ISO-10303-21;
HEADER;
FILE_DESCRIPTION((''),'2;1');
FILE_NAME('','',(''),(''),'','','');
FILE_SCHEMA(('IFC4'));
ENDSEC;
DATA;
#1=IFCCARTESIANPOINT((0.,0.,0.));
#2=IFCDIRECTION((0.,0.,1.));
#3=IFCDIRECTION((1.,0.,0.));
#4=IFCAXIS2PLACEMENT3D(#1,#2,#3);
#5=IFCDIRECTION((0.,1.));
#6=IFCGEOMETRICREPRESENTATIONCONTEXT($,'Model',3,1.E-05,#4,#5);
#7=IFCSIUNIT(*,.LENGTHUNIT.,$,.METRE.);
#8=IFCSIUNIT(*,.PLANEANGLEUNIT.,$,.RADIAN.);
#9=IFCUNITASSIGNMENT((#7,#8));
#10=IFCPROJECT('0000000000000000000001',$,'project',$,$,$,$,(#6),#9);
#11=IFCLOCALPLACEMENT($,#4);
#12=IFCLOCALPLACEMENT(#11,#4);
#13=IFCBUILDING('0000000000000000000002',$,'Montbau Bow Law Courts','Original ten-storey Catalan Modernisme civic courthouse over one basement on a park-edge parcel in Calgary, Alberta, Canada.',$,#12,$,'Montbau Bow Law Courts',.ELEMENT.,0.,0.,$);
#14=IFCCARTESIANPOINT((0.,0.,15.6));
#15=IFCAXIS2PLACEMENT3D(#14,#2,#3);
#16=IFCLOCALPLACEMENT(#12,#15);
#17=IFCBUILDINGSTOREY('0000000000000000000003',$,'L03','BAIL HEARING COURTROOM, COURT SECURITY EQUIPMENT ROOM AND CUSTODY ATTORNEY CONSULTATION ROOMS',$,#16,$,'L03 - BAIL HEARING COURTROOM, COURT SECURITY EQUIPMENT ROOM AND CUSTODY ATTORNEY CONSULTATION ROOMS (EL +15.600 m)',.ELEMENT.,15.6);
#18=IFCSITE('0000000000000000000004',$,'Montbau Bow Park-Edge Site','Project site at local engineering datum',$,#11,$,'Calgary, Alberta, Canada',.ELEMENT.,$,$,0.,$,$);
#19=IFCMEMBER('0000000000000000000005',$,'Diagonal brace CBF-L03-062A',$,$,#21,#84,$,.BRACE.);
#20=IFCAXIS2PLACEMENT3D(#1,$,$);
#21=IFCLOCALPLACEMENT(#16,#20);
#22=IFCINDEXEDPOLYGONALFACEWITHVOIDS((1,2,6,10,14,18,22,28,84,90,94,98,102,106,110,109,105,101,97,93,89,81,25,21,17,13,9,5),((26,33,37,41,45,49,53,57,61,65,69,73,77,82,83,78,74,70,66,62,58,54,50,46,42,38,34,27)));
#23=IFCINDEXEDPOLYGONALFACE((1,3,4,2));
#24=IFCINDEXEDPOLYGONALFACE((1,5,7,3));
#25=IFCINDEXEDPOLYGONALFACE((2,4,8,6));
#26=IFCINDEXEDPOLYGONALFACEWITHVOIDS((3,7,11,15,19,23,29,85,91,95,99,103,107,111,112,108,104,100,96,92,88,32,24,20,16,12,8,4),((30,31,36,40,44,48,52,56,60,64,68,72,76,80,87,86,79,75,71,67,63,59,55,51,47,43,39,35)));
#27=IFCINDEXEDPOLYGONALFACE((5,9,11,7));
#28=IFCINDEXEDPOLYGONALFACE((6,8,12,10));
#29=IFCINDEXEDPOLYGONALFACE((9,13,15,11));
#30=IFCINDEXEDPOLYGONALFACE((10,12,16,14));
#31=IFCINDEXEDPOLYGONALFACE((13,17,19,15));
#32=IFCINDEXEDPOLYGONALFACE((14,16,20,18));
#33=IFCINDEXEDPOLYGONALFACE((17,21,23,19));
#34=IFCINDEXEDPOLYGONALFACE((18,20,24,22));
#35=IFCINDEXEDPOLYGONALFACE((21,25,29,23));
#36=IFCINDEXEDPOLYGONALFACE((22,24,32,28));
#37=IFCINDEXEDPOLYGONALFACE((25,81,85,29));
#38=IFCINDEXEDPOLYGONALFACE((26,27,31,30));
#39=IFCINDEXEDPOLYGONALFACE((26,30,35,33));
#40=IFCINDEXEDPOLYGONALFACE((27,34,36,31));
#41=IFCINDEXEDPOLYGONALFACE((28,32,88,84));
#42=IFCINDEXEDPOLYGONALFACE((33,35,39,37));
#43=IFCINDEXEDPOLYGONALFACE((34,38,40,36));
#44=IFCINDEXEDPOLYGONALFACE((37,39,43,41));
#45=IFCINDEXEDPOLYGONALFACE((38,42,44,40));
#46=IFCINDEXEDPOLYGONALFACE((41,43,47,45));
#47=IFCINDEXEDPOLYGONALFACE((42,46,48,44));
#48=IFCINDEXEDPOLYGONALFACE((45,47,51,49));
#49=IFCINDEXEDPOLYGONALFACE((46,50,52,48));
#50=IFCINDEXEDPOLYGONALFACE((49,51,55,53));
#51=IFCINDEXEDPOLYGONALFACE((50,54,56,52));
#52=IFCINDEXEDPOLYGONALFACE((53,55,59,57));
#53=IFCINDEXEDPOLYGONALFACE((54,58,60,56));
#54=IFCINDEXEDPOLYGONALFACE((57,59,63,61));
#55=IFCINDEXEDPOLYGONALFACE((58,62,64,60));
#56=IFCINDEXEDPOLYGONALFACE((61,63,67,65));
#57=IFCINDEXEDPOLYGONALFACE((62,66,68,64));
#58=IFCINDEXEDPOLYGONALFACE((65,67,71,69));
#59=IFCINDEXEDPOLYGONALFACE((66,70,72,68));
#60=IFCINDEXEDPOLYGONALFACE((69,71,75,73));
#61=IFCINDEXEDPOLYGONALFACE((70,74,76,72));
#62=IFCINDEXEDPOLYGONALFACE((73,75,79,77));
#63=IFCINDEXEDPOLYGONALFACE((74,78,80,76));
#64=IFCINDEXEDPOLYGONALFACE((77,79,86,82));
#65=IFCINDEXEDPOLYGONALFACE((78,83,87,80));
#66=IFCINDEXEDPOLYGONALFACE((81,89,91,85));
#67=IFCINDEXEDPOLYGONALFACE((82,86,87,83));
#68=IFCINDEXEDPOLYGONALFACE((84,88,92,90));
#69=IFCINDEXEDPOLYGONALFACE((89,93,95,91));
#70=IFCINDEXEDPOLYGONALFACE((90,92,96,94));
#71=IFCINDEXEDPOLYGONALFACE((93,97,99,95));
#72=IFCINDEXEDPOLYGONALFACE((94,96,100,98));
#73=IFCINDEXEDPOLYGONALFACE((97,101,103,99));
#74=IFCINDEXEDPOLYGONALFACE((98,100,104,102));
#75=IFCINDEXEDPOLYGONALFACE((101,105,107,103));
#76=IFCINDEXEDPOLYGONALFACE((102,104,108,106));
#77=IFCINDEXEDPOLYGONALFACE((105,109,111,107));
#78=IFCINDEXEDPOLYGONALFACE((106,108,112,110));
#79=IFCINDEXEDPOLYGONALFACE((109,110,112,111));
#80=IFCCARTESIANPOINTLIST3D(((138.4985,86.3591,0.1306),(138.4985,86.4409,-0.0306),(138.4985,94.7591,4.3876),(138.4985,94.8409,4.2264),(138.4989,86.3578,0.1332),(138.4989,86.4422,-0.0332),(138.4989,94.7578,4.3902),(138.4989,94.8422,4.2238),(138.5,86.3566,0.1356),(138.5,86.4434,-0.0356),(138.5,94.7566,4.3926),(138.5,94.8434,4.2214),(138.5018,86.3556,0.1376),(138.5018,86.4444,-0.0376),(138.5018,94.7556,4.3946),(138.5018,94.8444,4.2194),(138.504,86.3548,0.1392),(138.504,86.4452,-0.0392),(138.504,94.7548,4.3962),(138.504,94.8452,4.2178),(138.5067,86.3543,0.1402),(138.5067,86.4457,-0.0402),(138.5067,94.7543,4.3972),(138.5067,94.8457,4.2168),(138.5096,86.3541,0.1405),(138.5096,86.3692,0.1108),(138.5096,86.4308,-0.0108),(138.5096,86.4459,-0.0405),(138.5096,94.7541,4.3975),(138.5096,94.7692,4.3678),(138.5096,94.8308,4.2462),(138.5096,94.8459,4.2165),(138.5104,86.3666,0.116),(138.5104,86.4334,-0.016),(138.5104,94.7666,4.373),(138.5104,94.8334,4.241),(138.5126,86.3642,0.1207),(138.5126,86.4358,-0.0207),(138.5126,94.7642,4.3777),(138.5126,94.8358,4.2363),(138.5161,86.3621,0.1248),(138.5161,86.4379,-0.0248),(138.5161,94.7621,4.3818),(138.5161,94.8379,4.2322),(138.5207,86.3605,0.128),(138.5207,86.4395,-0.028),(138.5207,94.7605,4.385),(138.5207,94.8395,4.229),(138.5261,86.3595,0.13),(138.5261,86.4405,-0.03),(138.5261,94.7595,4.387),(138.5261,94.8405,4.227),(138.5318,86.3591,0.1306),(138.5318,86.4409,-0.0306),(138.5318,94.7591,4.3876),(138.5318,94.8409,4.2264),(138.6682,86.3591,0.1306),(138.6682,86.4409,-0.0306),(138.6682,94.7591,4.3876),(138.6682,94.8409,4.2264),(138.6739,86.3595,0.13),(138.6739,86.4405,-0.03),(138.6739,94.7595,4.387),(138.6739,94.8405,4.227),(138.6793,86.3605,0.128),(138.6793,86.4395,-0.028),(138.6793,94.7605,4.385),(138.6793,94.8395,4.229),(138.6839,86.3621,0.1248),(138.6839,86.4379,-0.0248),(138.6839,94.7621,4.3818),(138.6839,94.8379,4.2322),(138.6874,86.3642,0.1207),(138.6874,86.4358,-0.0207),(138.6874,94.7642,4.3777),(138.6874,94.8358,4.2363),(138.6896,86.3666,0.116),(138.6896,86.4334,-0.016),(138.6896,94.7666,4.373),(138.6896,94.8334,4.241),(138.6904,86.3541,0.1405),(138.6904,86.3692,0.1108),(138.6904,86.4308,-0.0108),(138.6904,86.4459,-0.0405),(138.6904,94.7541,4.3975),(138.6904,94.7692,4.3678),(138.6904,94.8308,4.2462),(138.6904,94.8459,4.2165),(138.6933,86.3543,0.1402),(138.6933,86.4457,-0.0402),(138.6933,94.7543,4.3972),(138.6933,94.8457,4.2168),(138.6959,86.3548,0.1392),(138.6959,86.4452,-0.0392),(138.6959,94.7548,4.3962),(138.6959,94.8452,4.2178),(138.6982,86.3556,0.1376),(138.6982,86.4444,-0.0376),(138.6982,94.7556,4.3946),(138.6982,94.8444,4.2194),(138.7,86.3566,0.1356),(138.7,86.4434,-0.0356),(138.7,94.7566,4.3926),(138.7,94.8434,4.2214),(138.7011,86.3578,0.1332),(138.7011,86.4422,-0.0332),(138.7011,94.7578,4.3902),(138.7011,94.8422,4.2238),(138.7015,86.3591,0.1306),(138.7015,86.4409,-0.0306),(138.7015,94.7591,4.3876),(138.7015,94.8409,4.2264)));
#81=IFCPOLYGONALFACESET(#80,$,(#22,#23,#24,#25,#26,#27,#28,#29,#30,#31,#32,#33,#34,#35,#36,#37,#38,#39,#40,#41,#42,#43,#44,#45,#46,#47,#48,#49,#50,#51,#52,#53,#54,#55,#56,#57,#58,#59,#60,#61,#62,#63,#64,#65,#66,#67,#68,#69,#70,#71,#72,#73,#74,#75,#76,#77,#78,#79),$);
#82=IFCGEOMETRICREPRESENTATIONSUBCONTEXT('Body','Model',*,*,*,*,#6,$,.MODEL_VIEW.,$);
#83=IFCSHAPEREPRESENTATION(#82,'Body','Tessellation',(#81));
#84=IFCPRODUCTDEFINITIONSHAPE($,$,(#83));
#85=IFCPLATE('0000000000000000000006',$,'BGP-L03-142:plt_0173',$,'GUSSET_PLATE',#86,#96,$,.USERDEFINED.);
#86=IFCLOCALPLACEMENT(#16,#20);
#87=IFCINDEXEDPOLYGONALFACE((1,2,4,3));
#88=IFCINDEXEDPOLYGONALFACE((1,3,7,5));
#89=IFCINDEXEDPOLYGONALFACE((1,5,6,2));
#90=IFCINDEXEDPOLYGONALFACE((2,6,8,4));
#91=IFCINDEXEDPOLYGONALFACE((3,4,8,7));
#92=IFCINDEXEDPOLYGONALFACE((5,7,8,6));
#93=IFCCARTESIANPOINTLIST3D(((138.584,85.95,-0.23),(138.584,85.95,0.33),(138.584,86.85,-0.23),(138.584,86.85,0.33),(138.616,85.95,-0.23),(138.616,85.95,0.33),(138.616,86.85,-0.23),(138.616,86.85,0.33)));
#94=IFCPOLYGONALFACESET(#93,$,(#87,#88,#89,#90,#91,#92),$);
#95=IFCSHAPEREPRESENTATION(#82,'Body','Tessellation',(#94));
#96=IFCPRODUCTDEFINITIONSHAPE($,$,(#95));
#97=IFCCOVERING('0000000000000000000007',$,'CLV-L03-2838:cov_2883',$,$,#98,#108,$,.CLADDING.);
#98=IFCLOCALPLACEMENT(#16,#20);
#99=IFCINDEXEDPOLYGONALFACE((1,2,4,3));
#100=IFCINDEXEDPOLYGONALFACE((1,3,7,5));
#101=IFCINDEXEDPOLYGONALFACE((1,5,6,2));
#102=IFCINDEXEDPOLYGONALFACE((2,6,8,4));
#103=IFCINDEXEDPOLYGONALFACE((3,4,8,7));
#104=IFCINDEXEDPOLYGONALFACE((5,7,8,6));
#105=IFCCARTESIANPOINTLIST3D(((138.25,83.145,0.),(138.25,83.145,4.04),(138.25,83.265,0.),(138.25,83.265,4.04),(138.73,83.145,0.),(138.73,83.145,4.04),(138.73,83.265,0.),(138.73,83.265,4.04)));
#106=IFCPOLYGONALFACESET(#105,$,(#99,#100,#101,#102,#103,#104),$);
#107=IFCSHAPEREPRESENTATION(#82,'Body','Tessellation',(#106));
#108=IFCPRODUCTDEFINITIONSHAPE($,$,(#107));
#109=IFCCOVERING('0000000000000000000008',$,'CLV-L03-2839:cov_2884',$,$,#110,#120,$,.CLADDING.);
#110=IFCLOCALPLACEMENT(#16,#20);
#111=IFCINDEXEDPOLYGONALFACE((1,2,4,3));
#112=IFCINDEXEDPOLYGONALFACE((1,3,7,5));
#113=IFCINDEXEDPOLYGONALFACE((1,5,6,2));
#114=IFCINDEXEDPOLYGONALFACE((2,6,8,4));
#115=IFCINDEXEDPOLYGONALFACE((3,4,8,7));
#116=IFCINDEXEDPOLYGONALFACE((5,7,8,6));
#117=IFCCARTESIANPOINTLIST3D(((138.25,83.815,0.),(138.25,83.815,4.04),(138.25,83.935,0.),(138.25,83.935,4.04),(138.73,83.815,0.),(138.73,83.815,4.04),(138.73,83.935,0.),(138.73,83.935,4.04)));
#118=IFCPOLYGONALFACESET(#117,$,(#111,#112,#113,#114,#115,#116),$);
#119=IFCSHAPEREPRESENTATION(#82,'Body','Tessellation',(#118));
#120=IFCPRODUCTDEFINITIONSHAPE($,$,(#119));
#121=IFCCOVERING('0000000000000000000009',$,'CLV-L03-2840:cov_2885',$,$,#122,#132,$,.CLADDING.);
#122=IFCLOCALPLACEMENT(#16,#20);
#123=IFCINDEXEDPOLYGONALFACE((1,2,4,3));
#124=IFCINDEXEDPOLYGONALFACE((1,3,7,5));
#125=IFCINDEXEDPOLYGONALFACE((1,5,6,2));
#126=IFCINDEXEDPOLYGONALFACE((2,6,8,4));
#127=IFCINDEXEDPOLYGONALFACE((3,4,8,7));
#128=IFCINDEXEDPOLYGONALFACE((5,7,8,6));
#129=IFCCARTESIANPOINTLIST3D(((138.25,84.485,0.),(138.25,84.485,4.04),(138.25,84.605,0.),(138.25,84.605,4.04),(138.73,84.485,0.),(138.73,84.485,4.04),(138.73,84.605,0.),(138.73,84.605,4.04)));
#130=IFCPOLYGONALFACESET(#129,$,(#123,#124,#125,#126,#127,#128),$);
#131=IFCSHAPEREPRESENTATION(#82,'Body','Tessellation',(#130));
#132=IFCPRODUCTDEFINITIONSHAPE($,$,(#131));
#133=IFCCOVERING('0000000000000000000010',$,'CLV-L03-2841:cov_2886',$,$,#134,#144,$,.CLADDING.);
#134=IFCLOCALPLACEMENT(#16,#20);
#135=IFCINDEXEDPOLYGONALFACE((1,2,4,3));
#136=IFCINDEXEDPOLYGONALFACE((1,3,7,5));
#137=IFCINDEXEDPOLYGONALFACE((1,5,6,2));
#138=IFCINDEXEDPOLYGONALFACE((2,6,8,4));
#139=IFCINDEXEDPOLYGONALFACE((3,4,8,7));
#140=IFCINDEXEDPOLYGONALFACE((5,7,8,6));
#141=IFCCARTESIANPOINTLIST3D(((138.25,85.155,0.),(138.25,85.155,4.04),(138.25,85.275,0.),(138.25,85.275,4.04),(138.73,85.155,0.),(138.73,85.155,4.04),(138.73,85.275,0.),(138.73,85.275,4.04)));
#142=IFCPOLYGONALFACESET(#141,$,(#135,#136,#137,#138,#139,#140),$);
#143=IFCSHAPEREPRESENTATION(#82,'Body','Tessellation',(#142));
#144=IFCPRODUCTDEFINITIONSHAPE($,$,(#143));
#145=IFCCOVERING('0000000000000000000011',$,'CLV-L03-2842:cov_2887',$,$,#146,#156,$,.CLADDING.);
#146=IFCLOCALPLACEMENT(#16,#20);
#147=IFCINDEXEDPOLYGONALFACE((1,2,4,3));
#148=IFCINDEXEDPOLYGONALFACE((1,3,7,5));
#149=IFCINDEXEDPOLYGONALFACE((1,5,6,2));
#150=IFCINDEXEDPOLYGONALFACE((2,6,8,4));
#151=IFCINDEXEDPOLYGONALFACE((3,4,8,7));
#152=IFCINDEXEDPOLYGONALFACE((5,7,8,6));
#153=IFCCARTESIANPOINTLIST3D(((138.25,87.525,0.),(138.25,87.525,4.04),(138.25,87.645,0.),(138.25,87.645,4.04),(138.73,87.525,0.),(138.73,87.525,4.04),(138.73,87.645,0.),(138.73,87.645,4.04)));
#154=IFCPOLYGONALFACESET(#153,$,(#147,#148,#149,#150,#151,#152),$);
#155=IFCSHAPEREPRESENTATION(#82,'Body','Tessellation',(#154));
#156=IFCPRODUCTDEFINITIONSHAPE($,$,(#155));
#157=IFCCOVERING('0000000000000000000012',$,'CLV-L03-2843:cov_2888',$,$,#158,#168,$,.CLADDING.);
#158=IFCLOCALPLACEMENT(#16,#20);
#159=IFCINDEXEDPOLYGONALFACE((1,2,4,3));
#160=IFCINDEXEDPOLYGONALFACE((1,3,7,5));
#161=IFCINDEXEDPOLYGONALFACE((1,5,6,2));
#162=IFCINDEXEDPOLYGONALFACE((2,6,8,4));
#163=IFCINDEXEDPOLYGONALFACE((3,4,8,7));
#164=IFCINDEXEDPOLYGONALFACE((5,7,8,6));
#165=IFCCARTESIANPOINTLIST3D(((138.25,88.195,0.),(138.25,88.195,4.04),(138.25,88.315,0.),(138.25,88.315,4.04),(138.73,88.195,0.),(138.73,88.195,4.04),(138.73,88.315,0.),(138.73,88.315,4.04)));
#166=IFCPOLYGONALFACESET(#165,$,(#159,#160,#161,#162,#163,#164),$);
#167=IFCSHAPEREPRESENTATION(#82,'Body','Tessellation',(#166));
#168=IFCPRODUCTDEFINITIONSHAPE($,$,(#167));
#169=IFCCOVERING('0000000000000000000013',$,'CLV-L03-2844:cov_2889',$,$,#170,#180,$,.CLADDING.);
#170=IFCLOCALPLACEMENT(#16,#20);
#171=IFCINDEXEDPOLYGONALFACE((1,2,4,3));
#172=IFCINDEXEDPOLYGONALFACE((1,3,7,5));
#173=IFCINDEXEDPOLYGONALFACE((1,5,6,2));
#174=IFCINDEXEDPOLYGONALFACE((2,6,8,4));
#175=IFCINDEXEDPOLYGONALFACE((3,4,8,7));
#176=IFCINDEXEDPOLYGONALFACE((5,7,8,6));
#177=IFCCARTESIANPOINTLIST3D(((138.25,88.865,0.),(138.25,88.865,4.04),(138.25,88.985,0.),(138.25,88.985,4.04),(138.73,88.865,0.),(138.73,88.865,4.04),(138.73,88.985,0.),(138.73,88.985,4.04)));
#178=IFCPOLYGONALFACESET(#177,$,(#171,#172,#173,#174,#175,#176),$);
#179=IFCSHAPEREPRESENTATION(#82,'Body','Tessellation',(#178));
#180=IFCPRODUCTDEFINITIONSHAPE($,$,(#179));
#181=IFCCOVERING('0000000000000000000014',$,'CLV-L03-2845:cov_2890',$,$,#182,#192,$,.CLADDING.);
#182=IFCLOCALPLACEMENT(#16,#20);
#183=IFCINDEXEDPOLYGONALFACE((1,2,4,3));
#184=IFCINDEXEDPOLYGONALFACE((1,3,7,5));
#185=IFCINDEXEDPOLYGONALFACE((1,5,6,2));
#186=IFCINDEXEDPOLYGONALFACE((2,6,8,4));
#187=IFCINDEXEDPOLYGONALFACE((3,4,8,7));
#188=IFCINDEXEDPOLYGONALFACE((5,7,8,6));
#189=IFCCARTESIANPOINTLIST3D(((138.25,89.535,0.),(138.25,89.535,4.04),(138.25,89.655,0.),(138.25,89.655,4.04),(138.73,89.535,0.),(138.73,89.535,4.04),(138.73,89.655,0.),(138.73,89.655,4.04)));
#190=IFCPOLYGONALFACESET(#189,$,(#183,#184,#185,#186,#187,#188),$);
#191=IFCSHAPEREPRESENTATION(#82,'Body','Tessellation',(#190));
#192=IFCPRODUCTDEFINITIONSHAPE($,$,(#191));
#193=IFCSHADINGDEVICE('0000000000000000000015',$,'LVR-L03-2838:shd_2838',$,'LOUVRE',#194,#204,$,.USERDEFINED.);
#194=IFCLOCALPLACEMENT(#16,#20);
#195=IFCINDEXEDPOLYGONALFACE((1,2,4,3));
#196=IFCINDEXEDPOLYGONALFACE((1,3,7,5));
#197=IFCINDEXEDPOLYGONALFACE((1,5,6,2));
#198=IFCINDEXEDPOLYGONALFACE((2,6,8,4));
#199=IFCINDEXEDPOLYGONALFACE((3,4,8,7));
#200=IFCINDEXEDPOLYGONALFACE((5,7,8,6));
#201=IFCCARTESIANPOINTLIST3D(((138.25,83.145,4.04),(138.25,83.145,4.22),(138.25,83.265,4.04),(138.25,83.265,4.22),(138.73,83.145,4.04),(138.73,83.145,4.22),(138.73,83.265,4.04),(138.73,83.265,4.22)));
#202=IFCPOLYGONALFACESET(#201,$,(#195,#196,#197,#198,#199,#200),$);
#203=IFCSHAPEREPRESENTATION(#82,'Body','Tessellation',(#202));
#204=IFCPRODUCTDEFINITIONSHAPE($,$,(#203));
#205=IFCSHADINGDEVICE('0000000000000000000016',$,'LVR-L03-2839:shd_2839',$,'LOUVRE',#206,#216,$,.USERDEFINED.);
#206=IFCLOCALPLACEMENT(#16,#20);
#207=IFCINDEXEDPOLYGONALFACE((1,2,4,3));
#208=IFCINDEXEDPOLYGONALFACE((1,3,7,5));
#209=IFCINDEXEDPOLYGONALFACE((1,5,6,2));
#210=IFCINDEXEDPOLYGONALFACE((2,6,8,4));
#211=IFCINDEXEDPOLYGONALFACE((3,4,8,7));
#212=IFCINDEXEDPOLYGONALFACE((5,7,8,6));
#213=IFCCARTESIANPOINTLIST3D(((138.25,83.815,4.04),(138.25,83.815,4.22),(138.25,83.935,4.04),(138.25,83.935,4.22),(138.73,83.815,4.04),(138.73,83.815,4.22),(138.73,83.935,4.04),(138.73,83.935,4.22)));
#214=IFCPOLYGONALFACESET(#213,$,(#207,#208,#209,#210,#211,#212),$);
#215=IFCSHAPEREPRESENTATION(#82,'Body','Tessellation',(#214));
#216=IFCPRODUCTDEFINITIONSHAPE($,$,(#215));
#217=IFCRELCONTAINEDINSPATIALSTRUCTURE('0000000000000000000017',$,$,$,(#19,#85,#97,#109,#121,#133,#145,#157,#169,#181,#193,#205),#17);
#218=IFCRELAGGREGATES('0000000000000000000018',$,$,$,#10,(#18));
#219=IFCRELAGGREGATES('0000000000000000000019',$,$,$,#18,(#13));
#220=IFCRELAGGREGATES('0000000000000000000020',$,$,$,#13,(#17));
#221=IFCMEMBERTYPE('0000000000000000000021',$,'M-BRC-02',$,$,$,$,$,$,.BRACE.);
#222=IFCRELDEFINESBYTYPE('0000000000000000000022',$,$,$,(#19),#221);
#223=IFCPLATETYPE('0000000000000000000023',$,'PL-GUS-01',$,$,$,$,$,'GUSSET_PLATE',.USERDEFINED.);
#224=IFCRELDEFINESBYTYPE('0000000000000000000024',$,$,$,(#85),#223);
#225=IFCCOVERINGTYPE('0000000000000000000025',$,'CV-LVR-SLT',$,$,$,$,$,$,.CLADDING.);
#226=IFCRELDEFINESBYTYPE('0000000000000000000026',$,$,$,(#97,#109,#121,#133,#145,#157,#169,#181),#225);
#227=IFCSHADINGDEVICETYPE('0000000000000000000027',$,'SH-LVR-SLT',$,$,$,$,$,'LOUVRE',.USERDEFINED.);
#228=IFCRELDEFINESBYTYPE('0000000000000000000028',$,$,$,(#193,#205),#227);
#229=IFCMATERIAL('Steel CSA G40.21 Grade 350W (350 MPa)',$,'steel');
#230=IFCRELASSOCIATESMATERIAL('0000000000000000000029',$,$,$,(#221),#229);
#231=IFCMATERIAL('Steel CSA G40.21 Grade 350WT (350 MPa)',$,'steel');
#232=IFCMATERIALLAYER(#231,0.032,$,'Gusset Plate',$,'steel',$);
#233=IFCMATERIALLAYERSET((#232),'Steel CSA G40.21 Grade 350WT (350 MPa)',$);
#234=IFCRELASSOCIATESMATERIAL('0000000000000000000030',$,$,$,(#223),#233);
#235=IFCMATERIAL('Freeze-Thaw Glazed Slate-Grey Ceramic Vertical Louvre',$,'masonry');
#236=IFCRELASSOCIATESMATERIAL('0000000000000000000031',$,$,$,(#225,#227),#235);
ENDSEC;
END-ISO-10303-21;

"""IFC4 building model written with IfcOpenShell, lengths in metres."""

from ifc_helpers import new_model, si_unit, direction, frame, frame_2d, origin_with_axes, origin_2d_with_axis, place, context, subcontext, project, spatial, rectangle, hollow_rectangle, extrude, material, layer, layer_set, material_profile, profile_set, type_object, element, save


model = new_model("IFC4")

# Units and contexts
model_context = context("Model", 3, precision=1e-05, world=origin_with_axes(), true_north=direction((0.0, 1.0)))
body_context = subcontext(model_context, "Body", "Model", "MODEL_VIEW")
ifc_project = project(units=[si_unit("LENGTHUNIT", "METRE"), si_unit("PLANEANGLEUNIT", "RADIAN")], contexts=[model_context])

# Site, building, storey
site_placement = place(None, origin_with_axes())
site = spatial("IfcSite", under=ifc_project, at=site_placement, Name="Montbau Bow Park-Edge Site", Description="Project site at local engineering datum", LongName="Calgary, Alberta, Canada", CompositionType="ELEMENT", RefElevation=0.0)
building_placement = place(site_placement, origin_with_axes())
building = spatial("IfcBuilding", under=site, at=building_placement, Name="Montbau Bow Law Courts", Description="Original ten-storey Catalan Modernisme civic courthouse over one basement on a park-edge parcel in Calgary, Alberta, Canada.", LongName="Montbau Bow Law Courts", CompositionType="ELEMENT", ElevationOfRefHeight=0.0, ElevationOfTerrain=0.0)
storey_placement = place(building_placement, frame((0.0, 0.0, 15.6), z_axis=(0.0, 0.0, 1.0), x_axis=(1.0, 0.0, 0.0)))
storey = spatial("IfcBuildingStorey", under=building, at=storey_placement, Name="L03", Description="BAIL HEARING COURTROOM, COURT SECURITY EQUIPMENT ROOM AND CUSTODY ATTORNEY CONSULTATION ROOMS", LongName="L03 - BAIL HEARING COURTROOM, COURT SECURITY EQUIPMENT ROOM AND CUSTODY ATTORNEY CONSULTATION ROOMS (EL +15.600 m)", CompositionType="ELEMENT", Elevation=15.6)

# Shared definitions
ifc_material_1 = material(Name="Steel CSA G40.21 Grade 350W (350 MPa)", Category="steel")
ifc_material_2 = material(Name="Steel CSA G40.21 Grade 350WT (350 MPa)", Category="steel")

# Member
ifc_material_profile_1 = material_profile(ifc_material_1, hollow_rectangle(XDim=0.203, YDim=0.203, WallThickness=0.0111, InnerFilletRadius=0.0222, OuterFilletRadius=0.0111, at=origin_2d_with_axis()), Name="HSS203X203X11", Category="Main", Priority=0)
ifc_profile_set_1 = profile_set([ifc_material_profile_1], Name="Steel CSA G40.21 Grade 350W (350 MPa)")
member_type = type_object("IfcMemberType", Name="M-BRC-02", PredefinedType="BRACE", material=ifc_profile_set_1)
member_placement = place(None, frame((138.6, 86.4, 15.65), z_axis=(0.0, 0.891993, 0.452049), x_axis=(-1.0, 0.0, 0.0)))
element("IfcMember", 1, at=member_placement, inside=storey, type_object=member_type, Name="Diagonal brace CBF-L03-062A", PredefinedType="BRACE", context=body_context, shape_type="SweptSolid", body=[
    extrude(hollow_rectangle(XDim=0.203, YDim=0.203, WallThickness=0.0111, InnerFilletRadius=0.0222, OuterFilletRadius=0.0111, at=origin_2d_with_axis()), origin_with_axes(), (0.0, 0.0, 1.0), 9.4171),
])

# Plate
ifc_layer = layer(ifc_material_2, 0.032, Name="Gusset Plate", Category="steel")
ifc_layer_set = layer_set([ifc_layer], Name="Steel CSA G40.21 Grade 350WT (350 MPa)")
plate_type = type_object("IfcPlateType", Name="PL-GUS-01", ElementType="GUSSET_PLATE", PredefinedType="USERDEFINED", material=ifc_layer_set)
plate_placement = place(None, frame((138.6, 86.4, 15.37), z_axis=(0.0, 0.0, 1.0), x_axis=(0.0, 1.0, 0.0)))
element("IfcPlate", 2, at=plate_placement, inside=storey, type_object=plate_type, Name="BGP-L03-142:plt_0173", ObjectType="GUSSET_PLATE", PredefinedType="USERDEFINED", context=body_context, shape_type="SweptSolid", body=[
    extrude(rectangle(XDim=0.9, YDim=0.032, at=origin_2d_with_axis()), origin_with_axes(), (0.0, 0.0, 1.0), 0.56),
])

# Coverings
ifc_material_3 = material(Name="Freeze-Thaw Glazed Slate-Grey Ceramic Vertical Louvre", Category="masonry")
covering_type = type_object("IfcCoveringType", Name="CV-LVR-SLT", PredefinedType="CLADDING", material=ifc_material_3)
for number, where, z_axis, x_axis, name in (
    (3, (138.73, 83.205, 15.6), (0.0, 1.0, 0.0), (-1.0, 0.0, 0.0), "CLV-L03-2838:cov_2883"),
    (4, (138.73, 83.875, 15.6), (0.0, 1.0, 0.0), (-1.0, 0.0, 0.0), "CLV-L03-2839:cov_2884"),
    (5, (138.73, 84.545, 15.6), (0.0, 1.0, 0.0), (-1.0, 0.0, 0.0), "CLV-L03-2840:cov_2885"),
    (6, (138.73, 85.215, 15.6), (0.0, 1.0, 0.0), (-1.0, 0.0, 0.0), "CLV-L03-2841:cov_2886"),
    (7, (138.73, 87.585, 15.6), (0.0, 1.0, 0.0), (-1.0, 0.0, 0.0), "CLV-L03-2842:cov_2887"),
    (8, (138.73, 88.255, 15.6), (0.0, 1.0, 0.0), (-1.0, 0.0, 0.0), "CLV-L03-2843:cov_2888"),
    (9, (138.73, 88.925, 15.6), (0.0, 1.0, 0.0), (-1.0, 0.0, 0.0), "CLV-L03-2844:cov_2889"),
    (10, (138.73, 89.595, 15.6), (0.0, 1.0, 0.0), (-1.0, 0.0, 0.0), "CLV-L03-2845:cov_2890"),
):
    element("IfcCovering", number, at=place(None, frame(where, z_axis=z_axis, x_axis=x_axis)), inside=storey, type_object=covering_type, Name=name, PredefinedType="CLADDING", context=body_context, shape_type="SweptSolid", body=[
        extrude(rectangle(XDim=0.48, YDim=4.04, at=frame_2d((0.24, 2.02), x_axis=(1.0, 0.0))), frame((0.0, 0.0, -0.06), z_axis=(0.0, 0.0, 1.0), x_axis=(1.0, 0.0, 0.0)), (0.0, 0.0, 1.0), 0.12),
    ])

# Shading devices
shading_device_type = type_object("IfcShadingDeviceType", Name="SH-LVR-SLT", ElementType="LOUVRE", PredefinedType="USERDEFINED", material=ifc_material_3)
for number, where, z_axis, x_axis, name in (
    (11, (138.49, 83.205, 19.64), (0.0, 0.0, 1.0), (-1.0, 0.0, 0.0), "LVR-L03-2838:shd_2838"),
    (12, (138.49, 83.875, 19.64), (0.0, 0.0, 1.0), (-1.0, 0.0, 0.0), "LVR-L03-2839:shd_2839"),
):
    element("IfcShadingDevice", number, at=place(None, frame(where, z_axis=z_axis, x_axis=x_axis)), inside=storey, type_object=shading_device_type, Name=name, ObjectType="LOUVRE", PredefinedType="USERDEFINED", context=body_context, shape_type="SweptSolid", body=[
        extrude(rectangle(XDim=0.48, YDim=0.12, at=origin_2d_with_axis()), origin_with_axes(), (0.0, 0.0, 1.0), 0.18),
    ])

save(model, "model.ifc")
